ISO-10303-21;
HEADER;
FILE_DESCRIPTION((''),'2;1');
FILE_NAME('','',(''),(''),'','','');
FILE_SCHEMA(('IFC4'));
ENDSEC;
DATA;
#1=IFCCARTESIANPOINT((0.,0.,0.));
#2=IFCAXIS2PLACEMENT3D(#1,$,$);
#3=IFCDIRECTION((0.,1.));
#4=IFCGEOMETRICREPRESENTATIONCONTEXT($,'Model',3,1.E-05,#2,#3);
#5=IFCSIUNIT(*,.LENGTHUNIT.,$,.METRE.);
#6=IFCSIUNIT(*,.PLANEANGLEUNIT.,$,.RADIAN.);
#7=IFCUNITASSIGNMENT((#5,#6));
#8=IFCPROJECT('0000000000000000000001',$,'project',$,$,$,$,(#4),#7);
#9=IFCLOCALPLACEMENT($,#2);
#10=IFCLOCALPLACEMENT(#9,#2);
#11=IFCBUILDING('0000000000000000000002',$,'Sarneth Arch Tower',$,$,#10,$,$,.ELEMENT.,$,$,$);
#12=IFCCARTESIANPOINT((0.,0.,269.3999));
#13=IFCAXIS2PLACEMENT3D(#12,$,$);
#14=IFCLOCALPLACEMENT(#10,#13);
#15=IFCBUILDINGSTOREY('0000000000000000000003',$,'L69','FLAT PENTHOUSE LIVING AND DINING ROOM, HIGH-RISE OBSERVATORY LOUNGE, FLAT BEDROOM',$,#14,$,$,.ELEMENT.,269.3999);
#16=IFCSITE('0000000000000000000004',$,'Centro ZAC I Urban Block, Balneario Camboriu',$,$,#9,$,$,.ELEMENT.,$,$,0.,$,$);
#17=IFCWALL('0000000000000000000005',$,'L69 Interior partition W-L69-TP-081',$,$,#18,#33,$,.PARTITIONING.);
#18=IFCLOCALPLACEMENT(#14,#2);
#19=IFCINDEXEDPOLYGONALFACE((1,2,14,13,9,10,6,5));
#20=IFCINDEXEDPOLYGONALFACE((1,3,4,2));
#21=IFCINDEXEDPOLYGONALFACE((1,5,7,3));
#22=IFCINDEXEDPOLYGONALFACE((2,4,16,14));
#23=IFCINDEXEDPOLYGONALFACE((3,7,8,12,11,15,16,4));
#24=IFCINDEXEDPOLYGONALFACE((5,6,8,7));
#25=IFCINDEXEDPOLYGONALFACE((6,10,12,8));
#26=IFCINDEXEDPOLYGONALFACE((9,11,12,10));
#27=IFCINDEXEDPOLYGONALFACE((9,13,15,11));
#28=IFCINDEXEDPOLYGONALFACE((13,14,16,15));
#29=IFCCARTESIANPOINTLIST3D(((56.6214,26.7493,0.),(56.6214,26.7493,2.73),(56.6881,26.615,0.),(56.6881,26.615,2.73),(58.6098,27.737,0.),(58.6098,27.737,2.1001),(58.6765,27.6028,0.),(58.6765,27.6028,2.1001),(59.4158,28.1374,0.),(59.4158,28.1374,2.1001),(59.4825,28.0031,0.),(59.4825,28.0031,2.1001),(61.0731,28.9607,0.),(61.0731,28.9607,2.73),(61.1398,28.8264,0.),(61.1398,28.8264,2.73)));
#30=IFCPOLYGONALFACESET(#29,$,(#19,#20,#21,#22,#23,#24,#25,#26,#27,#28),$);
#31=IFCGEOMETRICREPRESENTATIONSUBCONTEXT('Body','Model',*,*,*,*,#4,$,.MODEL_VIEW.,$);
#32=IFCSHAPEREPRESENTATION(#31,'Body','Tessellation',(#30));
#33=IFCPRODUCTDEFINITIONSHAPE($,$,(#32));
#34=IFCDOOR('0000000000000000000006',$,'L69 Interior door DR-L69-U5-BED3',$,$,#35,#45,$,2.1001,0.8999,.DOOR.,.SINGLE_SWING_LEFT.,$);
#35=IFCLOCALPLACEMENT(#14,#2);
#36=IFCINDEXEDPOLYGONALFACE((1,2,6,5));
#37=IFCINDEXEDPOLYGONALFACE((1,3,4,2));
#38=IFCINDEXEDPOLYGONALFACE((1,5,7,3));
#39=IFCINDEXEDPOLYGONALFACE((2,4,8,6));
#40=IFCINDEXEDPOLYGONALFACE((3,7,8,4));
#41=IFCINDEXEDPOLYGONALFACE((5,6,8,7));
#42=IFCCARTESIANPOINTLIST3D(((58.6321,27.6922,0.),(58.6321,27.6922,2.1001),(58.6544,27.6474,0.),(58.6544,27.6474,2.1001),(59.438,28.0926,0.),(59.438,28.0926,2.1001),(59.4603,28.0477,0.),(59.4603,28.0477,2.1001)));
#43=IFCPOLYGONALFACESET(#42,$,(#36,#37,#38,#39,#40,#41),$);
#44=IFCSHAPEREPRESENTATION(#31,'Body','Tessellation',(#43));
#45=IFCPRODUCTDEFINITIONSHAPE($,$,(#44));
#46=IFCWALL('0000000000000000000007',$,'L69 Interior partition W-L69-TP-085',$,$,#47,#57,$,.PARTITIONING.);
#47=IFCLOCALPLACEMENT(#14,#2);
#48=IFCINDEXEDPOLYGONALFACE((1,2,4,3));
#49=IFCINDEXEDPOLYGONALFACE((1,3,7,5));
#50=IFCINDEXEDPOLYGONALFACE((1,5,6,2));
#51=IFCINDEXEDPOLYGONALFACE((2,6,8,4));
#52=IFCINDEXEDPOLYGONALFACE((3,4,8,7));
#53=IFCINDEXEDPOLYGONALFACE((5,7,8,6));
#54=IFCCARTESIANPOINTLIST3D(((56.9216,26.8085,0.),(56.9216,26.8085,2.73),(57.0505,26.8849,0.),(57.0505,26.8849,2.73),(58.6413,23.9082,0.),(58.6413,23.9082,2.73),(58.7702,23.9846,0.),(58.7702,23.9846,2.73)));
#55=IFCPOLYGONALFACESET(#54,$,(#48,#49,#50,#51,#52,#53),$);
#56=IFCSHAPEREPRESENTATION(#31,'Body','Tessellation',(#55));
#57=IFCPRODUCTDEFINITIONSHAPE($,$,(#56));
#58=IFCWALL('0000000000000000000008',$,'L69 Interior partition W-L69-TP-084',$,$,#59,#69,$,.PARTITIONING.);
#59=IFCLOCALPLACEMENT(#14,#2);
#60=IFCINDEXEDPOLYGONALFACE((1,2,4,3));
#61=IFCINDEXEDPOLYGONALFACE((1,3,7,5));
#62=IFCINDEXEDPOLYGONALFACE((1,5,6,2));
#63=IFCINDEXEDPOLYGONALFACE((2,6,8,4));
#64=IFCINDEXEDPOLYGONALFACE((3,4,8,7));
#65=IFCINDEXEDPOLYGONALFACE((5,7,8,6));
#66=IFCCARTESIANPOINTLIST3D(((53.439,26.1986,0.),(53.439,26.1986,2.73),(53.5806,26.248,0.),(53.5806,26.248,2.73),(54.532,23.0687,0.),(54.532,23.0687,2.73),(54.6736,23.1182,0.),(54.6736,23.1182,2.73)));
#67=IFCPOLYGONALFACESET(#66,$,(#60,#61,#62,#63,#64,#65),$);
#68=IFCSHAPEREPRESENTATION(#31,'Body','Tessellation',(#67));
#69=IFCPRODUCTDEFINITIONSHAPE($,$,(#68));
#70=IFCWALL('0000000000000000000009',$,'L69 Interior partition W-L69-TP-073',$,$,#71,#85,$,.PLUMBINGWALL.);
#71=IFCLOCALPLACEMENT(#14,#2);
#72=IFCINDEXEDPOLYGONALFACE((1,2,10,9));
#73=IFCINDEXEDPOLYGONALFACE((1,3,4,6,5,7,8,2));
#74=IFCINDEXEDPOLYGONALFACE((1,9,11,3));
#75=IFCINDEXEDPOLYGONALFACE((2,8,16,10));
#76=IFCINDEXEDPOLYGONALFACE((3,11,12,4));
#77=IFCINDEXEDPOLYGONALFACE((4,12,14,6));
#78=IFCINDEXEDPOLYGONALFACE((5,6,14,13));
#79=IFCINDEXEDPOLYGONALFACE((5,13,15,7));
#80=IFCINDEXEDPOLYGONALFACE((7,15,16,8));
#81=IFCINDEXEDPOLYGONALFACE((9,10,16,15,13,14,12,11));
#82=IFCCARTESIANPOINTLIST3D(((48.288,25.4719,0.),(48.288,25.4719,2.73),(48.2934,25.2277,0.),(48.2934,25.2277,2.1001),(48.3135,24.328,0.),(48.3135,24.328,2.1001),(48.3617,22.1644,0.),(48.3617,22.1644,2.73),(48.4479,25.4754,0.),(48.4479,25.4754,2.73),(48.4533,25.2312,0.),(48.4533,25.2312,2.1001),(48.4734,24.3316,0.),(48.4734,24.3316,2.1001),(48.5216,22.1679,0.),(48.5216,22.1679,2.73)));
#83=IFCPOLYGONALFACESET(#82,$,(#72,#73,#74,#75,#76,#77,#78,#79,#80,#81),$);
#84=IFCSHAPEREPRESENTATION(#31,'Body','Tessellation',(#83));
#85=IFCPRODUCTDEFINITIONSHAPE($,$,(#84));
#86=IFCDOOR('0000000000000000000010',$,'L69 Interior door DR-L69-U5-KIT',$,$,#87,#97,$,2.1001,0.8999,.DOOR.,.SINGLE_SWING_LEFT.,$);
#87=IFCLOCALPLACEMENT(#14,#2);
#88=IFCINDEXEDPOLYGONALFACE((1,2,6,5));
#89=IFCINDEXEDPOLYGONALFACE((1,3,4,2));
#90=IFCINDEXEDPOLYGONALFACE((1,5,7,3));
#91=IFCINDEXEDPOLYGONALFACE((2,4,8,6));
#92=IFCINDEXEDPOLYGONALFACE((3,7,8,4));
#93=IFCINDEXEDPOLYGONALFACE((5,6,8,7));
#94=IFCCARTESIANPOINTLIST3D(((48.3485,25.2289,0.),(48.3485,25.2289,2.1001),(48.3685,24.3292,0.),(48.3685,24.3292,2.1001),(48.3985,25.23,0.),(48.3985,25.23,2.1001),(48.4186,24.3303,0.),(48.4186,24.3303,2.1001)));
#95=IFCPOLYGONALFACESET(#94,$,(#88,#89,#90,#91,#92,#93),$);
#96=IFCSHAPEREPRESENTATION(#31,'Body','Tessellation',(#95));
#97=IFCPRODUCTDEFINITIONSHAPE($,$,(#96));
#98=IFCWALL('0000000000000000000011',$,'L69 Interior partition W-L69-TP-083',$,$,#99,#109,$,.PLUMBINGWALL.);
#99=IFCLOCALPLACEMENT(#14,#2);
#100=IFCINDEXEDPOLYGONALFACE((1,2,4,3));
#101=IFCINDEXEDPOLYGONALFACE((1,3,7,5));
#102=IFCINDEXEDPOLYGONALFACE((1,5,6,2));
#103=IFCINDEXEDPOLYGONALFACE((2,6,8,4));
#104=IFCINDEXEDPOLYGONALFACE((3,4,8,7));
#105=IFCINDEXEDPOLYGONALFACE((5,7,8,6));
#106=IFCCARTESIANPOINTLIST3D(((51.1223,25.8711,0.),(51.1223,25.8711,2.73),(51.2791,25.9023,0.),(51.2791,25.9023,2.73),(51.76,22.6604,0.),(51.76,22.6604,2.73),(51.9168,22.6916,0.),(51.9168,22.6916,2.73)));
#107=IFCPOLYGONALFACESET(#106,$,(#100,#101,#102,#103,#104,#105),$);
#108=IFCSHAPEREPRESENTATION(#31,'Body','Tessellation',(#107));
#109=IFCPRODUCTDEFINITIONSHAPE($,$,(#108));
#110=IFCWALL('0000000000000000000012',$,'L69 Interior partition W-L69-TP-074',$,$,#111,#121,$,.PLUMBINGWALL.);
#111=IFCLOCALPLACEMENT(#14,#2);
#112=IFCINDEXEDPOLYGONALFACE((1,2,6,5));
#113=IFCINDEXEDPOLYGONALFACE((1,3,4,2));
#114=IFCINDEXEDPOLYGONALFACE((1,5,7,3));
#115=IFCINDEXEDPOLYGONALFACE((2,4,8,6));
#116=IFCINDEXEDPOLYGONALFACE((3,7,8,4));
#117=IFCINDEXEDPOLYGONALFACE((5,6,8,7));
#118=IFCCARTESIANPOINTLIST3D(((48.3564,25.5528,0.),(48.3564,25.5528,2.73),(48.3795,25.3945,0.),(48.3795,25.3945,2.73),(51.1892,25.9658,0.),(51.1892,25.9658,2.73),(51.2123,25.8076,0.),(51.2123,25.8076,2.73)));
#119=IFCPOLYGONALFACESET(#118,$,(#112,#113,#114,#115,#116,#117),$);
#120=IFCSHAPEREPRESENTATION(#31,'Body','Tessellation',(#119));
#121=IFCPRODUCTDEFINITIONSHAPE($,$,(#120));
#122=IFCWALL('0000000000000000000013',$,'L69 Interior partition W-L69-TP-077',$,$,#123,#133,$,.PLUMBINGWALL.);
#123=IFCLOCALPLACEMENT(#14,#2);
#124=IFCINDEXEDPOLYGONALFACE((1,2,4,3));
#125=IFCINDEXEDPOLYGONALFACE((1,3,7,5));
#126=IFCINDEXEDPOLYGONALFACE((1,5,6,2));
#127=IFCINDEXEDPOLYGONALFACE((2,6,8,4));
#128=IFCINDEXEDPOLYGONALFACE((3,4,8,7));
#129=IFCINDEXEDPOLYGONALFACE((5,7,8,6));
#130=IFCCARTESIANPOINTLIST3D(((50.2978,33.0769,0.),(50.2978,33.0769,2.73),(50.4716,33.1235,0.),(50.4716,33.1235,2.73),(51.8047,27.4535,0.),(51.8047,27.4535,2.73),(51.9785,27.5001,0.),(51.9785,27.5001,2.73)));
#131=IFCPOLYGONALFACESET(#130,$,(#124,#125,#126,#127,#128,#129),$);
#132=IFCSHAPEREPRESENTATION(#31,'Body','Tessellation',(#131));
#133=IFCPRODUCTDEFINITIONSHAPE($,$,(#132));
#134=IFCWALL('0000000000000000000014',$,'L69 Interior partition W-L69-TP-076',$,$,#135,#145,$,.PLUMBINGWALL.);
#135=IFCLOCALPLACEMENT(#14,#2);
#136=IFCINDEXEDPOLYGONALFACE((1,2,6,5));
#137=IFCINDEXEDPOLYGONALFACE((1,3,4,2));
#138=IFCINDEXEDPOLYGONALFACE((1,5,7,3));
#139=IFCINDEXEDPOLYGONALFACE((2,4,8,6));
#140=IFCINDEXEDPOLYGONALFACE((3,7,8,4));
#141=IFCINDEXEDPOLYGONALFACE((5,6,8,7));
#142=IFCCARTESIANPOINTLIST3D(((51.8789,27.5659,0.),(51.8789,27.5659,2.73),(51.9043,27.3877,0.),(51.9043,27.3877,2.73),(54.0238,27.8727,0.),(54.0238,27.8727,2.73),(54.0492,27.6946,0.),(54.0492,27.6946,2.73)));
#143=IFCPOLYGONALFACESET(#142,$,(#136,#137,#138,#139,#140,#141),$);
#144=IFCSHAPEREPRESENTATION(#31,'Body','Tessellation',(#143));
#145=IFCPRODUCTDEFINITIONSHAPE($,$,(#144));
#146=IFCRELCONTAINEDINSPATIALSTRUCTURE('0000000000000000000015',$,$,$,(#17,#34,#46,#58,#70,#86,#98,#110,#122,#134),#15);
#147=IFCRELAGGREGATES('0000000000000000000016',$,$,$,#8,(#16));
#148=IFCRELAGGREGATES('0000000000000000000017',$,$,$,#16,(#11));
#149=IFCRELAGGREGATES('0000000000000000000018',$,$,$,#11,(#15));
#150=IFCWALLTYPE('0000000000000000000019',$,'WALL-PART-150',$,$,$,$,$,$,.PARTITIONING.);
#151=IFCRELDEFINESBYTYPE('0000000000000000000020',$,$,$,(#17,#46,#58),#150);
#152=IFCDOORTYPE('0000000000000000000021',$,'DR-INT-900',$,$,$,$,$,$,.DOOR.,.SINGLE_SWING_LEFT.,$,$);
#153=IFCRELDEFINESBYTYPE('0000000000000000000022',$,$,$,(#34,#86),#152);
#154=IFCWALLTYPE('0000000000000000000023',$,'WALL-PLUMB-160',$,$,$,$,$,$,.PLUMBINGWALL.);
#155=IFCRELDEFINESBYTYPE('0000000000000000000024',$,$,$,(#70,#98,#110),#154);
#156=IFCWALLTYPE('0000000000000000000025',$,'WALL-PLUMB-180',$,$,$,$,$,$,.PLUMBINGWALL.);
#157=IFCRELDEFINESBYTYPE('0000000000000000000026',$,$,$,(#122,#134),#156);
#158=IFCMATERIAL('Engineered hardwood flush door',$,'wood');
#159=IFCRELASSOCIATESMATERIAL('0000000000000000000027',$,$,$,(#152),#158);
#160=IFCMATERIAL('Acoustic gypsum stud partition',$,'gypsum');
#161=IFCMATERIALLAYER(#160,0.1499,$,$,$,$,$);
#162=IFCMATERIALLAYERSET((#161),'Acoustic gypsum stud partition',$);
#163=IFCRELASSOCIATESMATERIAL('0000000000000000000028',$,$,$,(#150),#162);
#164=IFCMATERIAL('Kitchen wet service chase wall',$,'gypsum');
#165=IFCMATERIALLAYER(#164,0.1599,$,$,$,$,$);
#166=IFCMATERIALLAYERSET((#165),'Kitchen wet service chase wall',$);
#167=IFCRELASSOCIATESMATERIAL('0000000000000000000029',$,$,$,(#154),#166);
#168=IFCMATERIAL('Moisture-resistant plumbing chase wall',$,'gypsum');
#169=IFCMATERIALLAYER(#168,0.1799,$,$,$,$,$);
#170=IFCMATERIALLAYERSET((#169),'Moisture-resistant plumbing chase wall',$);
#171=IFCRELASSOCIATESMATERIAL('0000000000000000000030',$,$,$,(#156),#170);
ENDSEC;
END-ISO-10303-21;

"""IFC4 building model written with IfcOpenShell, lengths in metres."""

from ifc_helpers import new_model, si_unit, direction, frame, frame_2d, origin, place, context, subcontext, project, spatial, rectangle, extrude, material, layer, layer_set, type_object, element, fill, save


model = new_model("IFC4")

# Units and contexts
model_context = context("Model", 3, precision=1e-05, world=origin(), true_north=direction((0.0, 1.0)))
body_context = subcontext(model_context, "Body", "Model", "MODEL_VIEW")
ifc_project = project(units=[si_unit("LENGTHUNIT", "METRE"), si_unit("PLANEANGLEUNIT", "RADIAN")], contexts=[model_context])

# Site, building, storey
site_placement = place(None, origin())
site = spatial("IfcSite", under=ifc_project, at=site_placement, Name="Centro ZAC I Urban Block, Balneario Camboriu", CompositionType="ELEMENT", RefElevation=0.0)
building_placement = place(site_placement, origin())
building = spatial("IfcBuilding", under=site, at=building_placement, Name="Sarneth Arch Tower", CompositionType="ELEMENT")
storey_placement = place(building_placement, frame((0.0, 0.0, 269.3999)))
storey = spatial("IfcBuildingStorey", under=building, at=storey_placement, Name="L69", Description="FLAT PENTHOUSE LIVING AND DINING ROOM, HIGH-RISE OBSERVATORY LOUNGE, FLAT BEDROOM", CompositionType="ELEMENT", Elevation=269.3999)

# Shared definitions
ifc_material_1 = material(Name="Engineered hardwood flush door", Category="wood")
door_type_1 = type_object("IfcDoorType", Name="DR-INT-900", OperationType="SINGLE_SWING_LEFT", PredefinedType="DOOR", material=ifc_material_1)

# Wall, opening, door
ifc_material_2 = material(Name="Acoustic gypsum stud partition", Category="gypsum")
ifc_layer_1 = layer(ifc_material_2, 0.1499)
ifc_layer_set_1 = layer_set([ifc_layer_1], Name="Acoustic gypsum stud partition")
wall_type_1 = type_object("IfcWallType", Name="WALL-PART-150", PredefinedType="PARTITIONING", material=ifc_layer_set_1)
wall_1_placement = place(storey_placement, frame((56.6548, 26.6821, 0.0), z_axis=(0.0, 0.0, 1.0), x_axis=(0.895583, 0.444894, 0.0)))
wall_1 = element("IfcWall", 1, at=wall_1_placement, inside=storey, type_object=wall_type_1, Name="L69 Interior partition W-L69-TP-081", PredefinedType="PARTITIONING", context=body_context, shape_type="SweptSolid", body=[
    extrude(rectangle(XDim=4.9707, YDim=0.1499, at=frame_2d((2.4854, 0.0))), origin(), (0.0, 0.0, 1.0), 2.73),
])
opening_1_placement = place(wall_1_placement, frame((2.2202, 0.0, 0.0)))
opening_1 = element("IfcOpeningElement", 2, at=opening_1_placement, cuts=wall_1, PredefinedType="OPENING", context=body_context, shape_type="SweptSolid", body=[
    extrude(rectangle(XDim=0.8999, YDim=2.1001, at=frame_2d((0.45, 1.05))), frame((0.0, 0.085, 0.0), z_axis=(0.0, -1.0, 0.0), x_axis=(1.0, 0.0, 0.0)), (0.0, 0.0, 1.0), 0.1699),
])
door_1_placement = place(opening_1_placement, origin())
door_1 = element("IfcDoor", 3, at=door_1_placement, inside=storey, type_object=door_type_1, Name="L69 Interior door DR-L69-U5-BED3", OperationType="SINGLE_SWING_LEFT", OverallHeight=2.1001, OverallWidth=0.8999, PredefinedType="DOOR", context=body_context, shape_type="SweptSolid", body=[
    extrude(rectangle(XDim=0.8999, YDim=2.1001, at=frame_2d((0.45, 1.05))), frame((0.0, 0.0249, 0.0), z_axis=(0.0, -1.0, 0.0), x_axis=(1.0, 0.0, 0.0)), (0.0, 0.0, 1.0), 0.05),
])
fill(opening_1, door_1)

# Walls
wall_2_placement = place(storey_placement, frame((58.7058, 23.9463, 0.0), z_axis=(0.0, 0.0, 1.0), x_axis=(-0.510017, 0.860164, 0.0)))
element("IfcWall", 4, at=wall_2_placement, inside=storey, type_object=wall_type_1, Name="L69 Interior partition W-L69-TP-085", PredefinedType="PARTITIONING", context=body_context, shape_type="SweptSolid", body=[
    extrude(rectangle(XDim=3.3718, YDim=0.1499, at=frame_2d((1.686, 0.0))), origin(), (0.0, 0.0, 1.0), 2.73),
])
wall_3_placement = place(storey_placement, frame((53.5098, 26.2234, 0.0), z_axis=(0.0, 0.0, 1.0), x_axis=(0.329694, -0.944088, 0.0)))
element("IfcWall", 5, at=wall_3_placement, inside=storey, type_object=wall_type_1, Name="L69 Interior partition W-L69-TP-084", PredefinedType="PARTITIONING", context=body_context, shape_type="SweptSolid", body=[
    extrude(rectangle(XDim=3.3152, YDim=0.1499, at=frame_2d((1.6577, 0.0))), origin(), (0.0, 0.0, 1.0), 2.73),
])

# Wall, opening, door
ifc_material_3 = material(Name="Kitchen wet service chase wall", Category="gypsum")
ifc_layer_2 = layer(ifc_material_3, 0.1599)
ifc_layer_set_2 = layer_set([ifc_layer_2], Name="Kitchen wet service chase wall")
wall_type_2 = type_object("IfcWallType", Name="WALL-PLUMB-160", PredefinedType="PLUMBINGWALL", material=ifc_layer_set_2)
wall_4_placement = place(storey_placement, frame((48.4417, 22.166, 0.0), z_axis=(0.0, 0.0, 1.0), x_axis=(-0.022286, 0.999752, 0.0)))
wall_4 = element("IfcWall", 6, at=wall_4_placement, inside=storey, type_object=wall_type_2, Name="L69 Interior partition W-L69-TP-073", PredefinedType="PLUMBINGWALL", context=body_context, shape_type="SweptSolid", body=[
    extrude(rectangle(XDim=3.3083, YDim=0.1599, at=frame_2d((1.6543, 0.0))), origin(), (0.0, 0.0, 1.0), 2.73),
])
opening_2_placement = place(wall_4_placement, frame((2.1643, 0.0, 0.0)))
opening_2 = element("IfcOpeningElement", 7, at=opening_2_placement, cuts=wall_4, PredefinedType="OPENING", context=body_context, shape_type="SweptSolid", body=[
    extrude(rectangle(XDim=0.8999, YDim=2.1001, at=frame_2d((0.45, 1.05))), frame((0.0, 0.0898, 0.0), z_axis=(0.0, -1.0, 0.0), x_axis=(1.0, 0.0, 0.0)), (0.0, 0.0, 1.0), 0.1799),
])
door_2_placement = place(opening_2_placement, origin())
door_2 = element("IfcDoor", 8, at=door_2_placement, inside=storey, type_object=door_type_1, Name="L69 Interior door DR-L69-U5-KIT", OperationType="SINGLE_SWING_LEFT", OverallHeight=2.1001, OverallWidth=0.8999, PredefinedType="DOOR", context=body_context, shape_type="SweptSolid", body=[
    extrude(rectangle(XDim=0.8999, YDim=2.1001, at=frame_2d((0.45, 1.05))), frame((0.0, 0.0249, 0.0), z_axis=(0.0, -1.0, 0.0), x_axis=(1.0, 0.0, 0.0)), (0.0, 0.0, 1.0), 0.05),
])
fill(opening_2, door_2)

# Walls
wall_5_placement = place(storey_placement, frame((51.2007, 25.8867, 0.0), z_axis=(0.0, 0.0, 1.0), x_axis=(0.194811, -0.980841, 0.0)))
element("IfcWall", 9, at=wall_5_placement, inside=storey, type_object=wall_type_2, Name="L69 Interior partition W-L69-TP-083", PredefinedType="PLUMBINGWALL", context=body_context, shape_type="SweptSolid", body=[
    extrude(rectangle(XDim=3.2734, YDim=0.1599, at=frame_2d((1.6367, 0.0))), origin(), (0.0, 0.0, 1.0), 2.73),
])
wall_6_placement = place(storey_placement, frame((48.3679, 25.4736, 0.0), z_axis=(0.0, 0.0, 1.0), x_axis=(0.989534, 0.144298, 0.0)))
element("IfcWall", 10, at=wall_6_placement, inside=storey, type_object=wall_type_2, Name="L69 Interior partition W-L69-TP-074", PredefinedType="PLUMBINGWALL", context=body_context, shape_type="SweptSolid", body=[
    extrude(rectangle(XDim=2.8628, YDim=0.1599, at=frame_2d((1.4314, 0.0))), origin(), (0.0, 0.0, 1.0), 2.73),
])
ifc_material_4 = material(Name="Moisture-resistant plumbing chase wall", Category="gypsum")
ifc_layer_3 = layer(ifc_material_4, 0.1799)
ifc_layer_set_3 = layer_set([ifc_layer_3], Name="Moisture-resistant plumbing chase wall")
wall_type_3 = type_object("IfcWallType", Name="WALL-PLUMB-180", PredefinedType="PLUMBINGWALL", material=ifc_layer_set_3)
wall_7_placement = place(storey_placement, frame((51.8916, 27.4768, 0.0), z_axis=(0.0, 0.0, 1.0), x_axis=(-0.258832, 0.965922, 0.0)))
element("IfcWall", 11, at=wall_7_placement, inside=storey, type_object=wall_type_3, Name="L69 Interior partition W-L69-TP-077", PredefinedType="PLUMBINGWALL", context=body_context, shape_type="SweptSolid", body=[
    extrude(rectangle(XDim=5.8218, YDim=0.1799, at=frame_2d((2.9109, 0.0))), origin(), (0.0, 0.0, 1.0), 2.73),
])
wall_8_placement = place(storey_placement, frame((54.0366, 27.7837, 0.0), z_axis=(0.0, 0.0, 1.0), x_axis=(-0.98992, -0.141626, 0.0)))
element("IfcWall", 12, at=wall_8_placement, inside=storey, type_object=wall_type_3, Name="L69 Interior partition W-L69-TP-076", PredefinedType="PLUMBINGWALL", context=body_context, shape_type="SweptSolid", body=[
    extrude(rectangle(XDim=2.1667, YDim=0.1799, at=frame_2d((1.0835, 0.0))), origin(), (0.0, 0.0, 1.0), 2.73),
])

save(model, "model.ifc")
